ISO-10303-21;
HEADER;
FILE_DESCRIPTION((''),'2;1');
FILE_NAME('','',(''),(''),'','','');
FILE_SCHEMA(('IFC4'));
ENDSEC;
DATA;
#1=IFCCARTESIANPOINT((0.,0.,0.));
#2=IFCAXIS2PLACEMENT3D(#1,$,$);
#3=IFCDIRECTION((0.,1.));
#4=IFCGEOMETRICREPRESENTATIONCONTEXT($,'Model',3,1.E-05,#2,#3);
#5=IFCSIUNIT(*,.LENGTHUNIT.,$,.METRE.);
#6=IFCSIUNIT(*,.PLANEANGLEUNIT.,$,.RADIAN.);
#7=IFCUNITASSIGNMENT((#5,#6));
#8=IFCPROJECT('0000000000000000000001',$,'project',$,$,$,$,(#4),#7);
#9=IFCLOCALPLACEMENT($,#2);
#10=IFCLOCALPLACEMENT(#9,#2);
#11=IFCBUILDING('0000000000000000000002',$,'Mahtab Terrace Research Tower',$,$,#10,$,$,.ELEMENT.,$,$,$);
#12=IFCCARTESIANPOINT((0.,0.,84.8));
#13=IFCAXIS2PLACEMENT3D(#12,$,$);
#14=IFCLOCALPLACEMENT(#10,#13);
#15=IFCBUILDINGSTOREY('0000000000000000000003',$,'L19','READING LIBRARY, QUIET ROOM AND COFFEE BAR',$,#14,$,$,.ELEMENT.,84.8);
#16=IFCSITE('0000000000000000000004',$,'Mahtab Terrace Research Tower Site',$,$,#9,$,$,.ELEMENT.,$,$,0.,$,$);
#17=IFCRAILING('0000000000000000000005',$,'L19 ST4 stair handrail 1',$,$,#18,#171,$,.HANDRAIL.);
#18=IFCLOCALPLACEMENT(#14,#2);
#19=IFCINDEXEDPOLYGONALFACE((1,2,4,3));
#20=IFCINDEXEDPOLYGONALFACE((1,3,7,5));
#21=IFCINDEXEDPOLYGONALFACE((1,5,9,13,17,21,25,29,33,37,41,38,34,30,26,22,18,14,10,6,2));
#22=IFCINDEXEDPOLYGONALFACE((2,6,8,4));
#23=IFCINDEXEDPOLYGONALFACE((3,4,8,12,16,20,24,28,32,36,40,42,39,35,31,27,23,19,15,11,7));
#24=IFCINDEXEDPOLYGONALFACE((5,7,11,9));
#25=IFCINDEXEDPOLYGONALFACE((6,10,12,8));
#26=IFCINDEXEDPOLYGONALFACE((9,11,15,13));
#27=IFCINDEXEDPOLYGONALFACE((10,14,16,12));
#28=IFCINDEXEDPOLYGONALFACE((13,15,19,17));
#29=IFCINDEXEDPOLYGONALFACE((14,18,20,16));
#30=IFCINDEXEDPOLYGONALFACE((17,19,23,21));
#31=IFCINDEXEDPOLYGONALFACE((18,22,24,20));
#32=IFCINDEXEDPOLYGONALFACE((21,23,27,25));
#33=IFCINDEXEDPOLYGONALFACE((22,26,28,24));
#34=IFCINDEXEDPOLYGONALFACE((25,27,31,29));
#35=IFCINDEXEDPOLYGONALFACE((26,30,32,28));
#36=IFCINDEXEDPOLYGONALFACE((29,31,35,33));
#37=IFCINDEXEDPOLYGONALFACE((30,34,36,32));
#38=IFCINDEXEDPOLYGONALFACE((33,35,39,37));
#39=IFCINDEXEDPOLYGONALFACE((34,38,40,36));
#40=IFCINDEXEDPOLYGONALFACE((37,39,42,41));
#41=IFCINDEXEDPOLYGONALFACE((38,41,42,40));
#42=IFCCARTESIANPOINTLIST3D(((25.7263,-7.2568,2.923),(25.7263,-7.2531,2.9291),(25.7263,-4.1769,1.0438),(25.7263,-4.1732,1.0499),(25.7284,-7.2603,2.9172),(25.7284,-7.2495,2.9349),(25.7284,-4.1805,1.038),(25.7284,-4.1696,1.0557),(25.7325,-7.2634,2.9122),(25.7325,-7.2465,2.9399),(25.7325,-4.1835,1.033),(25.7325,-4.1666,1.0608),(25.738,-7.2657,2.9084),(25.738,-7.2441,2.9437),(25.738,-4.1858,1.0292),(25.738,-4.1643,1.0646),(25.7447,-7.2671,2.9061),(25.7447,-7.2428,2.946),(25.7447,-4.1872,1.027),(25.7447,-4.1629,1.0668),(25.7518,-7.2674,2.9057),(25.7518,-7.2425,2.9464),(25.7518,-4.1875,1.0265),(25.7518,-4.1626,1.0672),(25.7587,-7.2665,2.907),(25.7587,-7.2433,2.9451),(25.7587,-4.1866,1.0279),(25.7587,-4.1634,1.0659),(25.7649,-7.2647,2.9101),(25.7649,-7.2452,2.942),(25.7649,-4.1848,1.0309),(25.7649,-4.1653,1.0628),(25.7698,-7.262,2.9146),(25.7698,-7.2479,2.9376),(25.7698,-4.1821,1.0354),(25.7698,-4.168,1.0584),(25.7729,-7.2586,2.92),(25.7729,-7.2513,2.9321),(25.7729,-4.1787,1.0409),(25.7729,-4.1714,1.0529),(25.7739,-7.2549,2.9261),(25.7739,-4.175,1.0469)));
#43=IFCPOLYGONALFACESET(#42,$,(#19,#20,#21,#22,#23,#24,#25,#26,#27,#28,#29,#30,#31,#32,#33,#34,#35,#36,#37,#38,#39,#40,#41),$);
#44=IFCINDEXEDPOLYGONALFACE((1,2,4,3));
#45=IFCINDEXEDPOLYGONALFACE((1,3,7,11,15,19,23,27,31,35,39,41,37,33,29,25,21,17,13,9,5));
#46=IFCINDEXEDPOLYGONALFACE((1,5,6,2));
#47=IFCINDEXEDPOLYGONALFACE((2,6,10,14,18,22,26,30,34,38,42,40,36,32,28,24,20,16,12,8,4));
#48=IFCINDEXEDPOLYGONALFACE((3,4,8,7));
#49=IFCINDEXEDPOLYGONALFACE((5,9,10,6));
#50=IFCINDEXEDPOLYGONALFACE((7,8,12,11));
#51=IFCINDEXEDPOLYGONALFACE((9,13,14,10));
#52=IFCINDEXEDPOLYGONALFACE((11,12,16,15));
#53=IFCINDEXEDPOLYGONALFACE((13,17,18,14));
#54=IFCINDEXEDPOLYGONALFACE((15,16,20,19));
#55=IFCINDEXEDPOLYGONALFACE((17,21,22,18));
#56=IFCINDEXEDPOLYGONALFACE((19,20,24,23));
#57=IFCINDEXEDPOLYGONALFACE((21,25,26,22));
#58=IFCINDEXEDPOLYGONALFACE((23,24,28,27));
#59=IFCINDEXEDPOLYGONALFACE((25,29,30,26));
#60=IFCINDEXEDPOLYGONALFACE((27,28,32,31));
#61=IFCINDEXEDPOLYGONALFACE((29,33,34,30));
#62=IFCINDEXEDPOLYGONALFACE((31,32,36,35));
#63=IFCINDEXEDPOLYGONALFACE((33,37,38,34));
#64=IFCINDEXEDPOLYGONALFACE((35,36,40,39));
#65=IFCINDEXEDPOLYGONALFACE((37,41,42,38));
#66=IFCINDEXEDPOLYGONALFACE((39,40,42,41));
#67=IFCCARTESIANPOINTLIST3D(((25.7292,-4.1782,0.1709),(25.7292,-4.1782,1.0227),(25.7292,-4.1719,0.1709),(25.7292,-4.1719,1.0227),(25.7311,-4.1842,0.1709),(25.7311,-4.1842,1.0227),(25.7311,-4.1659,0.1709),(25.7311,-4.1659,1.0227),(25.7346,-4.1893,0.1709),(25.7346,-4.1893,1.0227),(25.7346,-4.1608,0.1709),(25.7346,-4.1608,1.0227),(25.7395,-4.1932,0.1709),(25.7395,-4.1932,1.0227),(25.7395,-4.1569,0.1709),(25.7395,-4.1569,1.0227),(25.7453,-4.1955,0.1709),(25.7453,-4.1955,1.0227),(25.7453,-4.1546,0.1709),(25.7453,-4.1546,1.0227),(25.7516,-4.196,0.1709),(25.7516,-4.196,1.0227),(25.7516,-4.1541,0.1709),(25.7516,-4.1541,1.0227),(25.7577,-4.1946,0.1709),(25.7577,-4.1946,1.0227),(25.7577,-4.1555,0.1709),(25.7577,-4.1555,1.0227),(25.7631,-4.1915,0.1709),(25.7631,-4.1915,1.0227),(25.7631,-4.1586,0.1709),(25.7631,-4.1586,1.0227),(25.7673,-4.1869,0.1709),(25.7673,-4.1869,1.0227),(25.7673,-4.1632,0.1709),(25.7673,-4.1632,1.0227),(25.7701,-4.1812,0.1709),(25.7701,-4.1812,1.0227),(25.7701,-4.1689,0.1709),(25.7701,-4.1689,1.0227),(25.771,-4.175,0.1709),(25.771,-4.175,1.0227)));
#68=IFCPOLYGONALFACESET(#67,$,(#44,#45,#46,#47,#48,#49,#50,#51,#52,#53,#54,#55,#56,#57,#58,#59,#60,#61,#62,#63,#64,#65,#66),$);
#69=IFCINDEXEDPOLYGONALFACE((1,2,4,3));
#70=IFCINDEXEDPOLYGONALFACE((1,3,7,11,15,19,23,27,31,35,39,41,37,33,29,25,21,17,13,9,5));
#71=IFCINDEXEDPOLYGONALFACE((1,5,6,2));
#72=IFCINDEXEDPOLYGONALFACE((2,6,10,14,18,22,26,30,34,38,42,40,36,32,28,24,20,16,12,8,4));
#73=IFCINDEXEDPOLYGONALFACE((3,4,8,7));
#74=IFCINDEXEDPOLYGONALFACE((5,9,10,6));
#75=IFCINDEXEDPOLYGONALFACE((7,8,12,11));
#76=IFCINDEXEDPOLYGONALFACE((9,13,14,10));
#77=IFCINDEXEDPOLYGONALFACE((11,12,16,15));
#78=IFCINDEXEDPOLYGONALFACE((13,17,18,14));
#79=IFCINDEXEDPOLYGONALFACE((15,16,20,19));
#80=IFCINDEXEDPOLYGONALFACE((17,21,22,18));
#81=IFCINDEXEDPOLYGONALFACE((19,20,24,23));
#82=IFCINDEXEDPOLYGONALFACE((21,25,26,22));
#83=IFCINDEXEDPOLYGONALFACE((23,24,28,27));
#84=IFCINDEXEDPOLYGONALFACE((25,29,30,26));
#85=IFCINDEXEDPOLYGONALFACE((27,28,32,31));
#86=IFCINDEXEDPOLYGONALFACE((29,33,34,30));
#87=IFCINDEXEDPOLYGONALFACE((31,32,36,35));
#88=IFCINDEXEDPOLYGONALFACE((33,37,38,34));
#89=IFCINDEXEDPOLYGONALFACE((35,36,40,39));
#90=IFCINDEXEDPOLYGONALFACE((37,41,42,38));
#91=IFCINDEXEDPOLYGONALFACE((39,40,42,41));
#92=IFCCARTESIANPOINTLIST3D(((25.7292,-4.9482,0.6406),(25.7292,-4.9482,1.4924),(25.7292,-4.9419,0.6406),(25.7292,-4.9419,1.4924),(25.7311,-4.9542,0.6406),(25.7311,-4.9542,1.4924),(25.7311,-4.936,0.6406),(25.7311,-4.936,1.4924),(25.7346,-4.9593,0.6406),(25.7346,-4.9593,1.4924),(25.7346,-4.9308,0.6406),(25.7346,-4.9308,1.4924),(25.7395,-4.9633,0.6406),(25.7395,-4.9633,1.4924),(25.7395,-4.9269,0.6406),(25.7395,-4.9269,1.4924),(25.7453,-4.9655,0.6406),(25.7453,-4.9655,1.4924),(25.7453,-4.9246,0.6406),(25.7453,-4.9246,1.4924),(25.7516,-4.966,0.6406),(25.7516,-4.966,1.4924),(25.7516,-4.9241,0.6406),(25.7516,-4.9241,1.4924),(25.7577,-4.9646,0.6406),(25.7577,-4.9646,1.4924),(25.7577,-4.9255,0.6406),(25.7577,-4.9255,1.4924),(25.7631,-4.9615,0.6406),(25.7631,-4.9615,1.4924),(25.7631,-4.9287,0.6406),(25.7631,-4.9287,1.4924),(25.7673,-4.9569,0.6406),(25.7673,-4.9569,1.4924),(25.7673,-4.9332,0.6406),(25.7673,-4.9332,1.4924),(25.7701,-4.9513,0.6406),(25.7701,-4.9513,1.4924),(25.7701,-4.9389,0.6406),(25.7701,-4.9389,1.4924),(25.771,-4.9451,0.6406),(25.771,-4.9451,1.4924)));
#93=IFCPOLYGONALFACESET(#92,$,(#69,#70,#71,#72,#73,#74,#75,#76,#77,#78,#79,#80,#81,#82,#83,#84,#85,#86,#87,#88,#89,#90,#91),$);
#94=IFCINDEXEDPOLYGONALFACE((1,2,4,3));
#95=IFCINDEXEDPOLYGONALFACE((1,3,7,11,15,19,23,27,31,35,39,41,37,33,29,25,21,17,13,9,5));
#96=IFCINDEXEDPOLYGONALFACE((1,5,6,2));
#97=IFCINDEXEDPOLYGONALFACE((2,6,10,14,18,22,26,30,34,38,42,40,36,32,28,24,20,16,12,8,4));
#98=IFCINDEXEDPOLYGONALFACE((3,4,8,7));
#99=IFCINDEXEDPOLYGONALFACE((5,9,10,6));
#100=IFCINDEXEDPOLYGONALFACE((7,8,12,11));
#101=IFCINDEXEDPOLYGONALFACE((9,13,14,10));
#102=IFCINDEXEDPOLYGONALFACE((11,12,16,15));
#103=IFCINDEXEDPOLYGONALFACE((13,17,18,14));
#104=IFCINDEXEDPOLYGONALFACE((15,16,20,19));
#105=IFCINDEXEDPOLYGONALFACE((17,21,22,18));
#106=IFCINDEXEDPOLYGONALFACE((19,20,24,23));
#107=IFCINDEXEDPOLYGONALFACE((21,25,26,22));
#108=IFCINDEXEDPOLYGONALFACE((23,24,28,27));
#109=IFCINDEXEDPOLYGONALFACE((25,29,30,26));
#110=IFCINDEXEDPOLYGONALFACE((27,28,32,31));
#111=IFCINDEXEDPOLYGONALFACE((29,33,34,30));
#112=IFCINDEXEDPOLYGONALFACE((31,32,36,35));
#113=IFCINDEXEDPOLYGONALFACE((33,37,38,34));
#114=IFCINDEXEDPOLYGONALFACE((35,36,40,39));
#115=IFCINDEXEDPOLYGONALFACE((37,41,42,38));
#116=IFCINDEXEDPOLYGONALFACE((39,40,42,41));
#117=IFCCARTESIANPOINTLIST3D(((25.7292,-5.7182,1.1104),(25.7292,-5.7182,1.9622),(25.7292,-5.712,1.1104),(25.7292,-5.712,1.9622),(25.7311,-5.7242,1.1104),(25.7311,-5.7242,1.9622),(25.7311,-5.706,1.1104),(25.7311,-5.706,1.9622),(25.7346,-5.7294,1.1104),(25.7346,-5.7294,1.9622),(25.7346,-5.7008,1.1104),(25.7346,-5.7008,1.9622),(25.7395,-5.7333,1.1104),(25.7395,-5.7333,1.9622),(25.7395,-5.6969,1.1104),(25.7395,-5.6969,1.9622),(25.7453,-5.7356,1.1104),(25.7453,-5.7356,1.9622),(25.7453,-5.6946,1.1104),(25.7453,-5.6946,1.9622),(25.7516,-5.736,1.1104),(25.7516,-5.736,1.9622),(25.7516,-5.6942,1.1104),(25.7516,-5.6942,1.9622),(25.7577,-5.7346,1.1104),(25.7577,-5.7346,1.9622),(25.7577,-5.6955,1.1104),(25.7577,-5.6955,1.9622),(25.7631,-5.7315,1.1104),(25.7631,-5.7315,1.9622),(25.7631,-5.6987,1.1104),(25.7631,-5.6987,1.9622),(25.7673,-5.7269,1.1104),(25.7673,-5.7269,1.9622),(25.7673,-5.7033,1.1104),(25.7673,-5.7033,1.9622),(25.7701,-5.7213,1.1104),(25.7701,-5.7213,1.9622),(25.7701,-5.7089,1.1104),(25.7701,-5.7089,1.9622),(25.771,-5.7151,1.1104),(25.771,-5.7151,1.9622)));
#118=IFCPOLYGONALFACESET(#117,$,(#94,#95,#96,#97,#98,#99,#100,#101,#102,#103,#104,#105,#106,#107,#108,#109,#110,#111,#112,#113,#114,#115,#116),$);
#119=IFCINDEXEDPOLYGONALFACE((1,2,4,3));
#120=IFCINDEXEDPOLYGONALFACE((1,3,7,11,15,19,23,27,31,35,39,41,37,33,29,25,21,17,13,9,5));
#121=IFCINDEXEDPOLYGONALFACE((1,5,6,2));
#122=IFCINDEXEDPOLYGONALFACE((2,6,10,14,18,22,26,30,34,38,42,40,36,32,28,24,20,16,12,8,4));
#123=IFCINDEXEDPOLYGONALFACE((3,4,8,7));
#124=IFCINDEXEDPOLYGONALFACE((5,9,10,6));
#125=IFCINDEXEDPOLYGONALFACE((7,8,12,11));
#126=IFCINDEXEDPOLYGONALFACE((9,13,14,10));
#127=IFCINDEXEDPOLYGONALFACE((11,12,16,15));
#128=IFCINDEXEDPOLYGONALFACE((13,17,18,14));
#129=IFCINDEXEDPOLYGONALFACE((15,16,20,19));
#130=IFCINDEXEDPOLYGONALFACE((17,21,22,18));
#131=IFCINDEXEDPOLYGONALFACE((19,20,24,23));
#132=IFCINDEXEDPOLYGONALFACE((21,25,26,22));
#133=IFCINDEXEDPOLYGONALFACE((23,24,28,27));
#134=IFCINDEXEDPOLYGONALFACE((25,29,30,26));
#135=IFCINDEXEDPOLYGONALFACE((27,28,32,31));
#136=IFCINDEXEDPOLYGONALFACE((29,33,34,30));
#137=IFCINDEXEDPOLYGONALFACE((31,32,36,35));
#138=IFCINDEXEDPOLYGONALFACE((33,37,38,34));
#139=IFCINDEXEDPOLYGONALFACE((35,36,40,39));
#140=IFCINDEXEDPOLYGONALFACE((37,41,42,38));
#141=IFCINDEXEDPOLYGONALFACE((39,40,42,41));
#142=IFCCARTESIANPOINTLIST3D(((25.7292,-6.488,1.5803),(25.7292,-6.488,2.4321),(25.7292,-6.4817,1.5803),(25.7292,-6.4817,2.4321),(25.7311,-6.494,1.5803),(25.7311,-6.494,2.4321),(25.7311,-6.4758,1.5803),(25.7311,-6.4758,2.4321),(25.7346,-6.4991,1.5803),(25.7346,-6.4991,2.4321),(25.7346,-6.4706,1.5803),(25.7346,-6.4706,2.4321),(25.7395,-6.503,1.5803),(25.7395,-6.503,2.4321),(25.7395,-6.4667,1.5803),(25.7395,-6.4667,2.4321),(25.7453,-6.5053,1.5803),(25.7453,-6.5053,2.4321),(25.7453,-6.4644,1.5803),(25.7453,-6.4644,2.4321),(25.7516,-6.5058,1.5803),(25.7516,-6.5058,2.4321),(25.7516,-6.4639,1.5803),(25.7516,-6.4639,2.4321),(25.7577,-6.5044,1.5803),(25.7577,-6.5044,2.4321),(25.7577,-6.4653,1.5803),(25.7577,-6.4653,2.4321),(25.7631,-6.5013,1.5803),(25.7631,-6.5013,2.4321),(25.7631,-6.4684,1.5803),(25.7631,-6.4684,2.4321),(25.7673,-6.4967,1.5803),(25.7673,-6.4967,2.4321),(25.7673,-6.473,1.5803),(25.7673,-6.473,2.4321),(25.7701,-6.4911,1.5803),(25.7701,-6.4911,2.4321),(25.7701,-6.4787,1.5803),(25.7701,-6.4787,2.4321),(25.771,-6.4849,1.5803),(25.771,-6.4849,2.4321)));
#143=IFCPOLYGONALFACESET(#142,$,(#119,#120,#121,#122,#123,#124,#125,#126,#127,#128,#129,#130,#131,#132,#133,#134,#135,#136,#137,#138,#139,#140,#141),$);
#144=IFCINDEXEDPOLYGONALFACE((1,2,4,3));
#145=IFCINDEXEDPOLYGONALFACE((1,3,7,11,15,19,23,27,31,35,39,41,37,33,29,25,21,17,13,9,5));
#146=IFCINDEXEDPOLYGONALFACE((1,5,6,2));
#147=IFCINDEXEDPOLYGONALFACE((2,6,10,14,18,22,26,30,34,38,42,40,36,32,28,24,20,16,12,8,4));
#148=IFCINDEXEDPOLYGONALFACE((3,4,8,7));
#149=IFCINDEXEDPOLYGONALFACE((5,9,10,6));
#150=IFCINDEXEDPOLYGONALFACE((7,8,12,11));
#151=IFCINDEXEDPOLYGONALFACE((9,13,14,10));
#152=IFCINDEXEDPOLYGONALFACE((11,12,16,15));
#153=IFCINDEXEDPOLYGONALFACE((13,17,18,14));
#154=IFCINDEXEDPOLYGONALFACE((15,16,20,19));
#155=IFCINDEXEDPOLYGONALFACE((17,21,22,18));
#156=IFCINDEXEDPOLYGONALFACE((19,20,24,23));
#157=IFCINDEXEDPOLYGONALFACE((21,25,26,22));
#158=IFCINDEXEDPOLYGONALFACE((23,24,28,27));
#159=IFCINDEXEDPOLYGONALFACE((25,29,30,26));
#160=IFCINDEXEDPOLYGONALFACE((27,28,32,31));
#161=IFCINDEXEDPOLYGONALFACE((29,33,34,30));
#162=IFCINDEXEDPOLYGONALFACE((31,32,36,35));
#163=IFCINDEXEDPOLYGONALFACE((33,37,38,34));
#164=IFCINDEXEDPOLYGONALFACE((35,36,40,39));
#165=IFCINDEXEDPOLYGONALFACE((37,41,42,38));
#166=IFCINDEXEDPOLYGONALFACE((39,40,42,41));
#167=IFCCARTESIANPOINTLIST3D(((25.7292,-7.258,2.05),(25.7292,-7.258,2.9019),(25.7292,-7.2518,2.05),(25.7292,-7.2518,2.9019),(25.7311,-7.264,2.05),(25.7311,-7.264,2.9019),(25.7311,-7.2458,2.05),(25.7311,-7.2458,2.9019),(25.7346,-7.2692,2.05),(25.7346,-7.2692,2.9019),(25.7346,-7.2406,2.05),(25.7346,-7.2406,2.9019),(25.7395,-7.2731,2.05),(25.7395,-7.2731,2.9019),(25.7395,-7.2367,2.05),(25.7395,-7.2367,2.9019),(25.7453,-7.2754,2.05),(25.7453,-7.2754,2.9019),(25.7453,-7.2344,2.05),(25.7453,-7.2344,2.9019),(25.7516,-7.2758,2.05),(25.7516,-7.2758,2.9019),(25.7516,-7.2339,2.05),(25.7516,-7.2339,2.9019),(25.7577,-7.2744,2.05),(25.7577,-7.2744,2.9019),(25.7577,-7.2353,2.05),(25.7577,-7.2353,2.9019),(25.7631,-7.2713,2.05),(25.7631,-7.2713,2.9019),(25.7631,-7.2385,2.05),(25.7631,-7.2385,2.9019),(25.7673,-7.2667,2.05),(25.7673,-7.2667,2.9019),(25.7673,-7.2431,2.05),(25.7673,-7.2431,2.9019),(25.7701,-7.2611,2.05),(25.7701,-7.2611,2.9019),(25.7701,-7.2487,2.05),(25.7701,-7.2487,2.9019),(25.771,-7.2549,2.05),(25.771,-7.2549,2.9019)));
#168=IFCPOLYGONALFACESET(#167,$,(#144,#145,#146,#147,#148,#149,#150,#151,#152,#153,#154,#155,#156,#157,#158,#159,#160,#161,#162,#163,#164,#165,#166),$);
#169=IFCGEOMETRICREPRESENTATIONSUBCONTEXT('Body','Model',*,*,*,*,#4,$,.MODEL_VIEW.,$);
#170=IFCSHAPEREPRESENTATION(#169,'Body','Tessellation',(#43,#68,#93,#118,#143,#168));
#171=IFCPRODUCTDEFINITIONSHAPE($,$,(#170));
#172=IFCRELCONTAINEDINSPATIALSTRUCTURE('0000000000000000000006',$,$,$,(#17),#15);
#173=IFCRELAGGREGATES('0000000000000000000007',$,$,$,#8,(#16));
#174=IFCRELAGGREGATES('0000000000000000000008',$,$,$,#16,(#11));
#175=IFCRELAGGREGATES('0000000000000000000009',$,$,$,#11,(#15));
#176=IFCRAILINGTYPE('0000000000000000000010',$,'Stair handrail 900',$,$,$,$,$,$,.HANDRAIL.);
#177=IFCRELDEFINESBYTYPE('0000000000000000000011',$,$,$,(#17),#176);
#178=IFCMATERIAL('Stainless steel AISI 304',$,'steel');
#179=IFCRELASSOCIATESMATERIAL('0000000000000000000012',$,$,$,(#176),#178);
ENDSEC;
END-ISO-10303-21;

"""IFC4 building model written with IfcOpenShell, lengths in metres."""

from ifc_helpers import new_model, si_unit, direction, frame, origin, origin_2d, place, context, subcontext, project, spatial, circle, extrude, material, type_object, element, save


model = new_model("IFC4")

# Units and contexts
model_context = context("Model", 3, precision=1e-05, world=origin(), true_north=direction((0.0, 1.0)))
body_context = subcontext(model_context, "Body", "Model", "MODEL_VIEW")
ifc_project = project(units=[si_unit("LENGTHUNIT", "METRE"), si_unit("PLANEANGLEUNIT", "RADIAN")], contexts=[model_context])

# Site, building, storey
site_placement = place(None, origin())
site = spatial("IfcSite", under=ifc_project, at=site_placement, Name="Mahtab Terrace Research Tower Site", CompositionType="ELEMENT", RefElevation=0.0)
building_placement = place(site_placement, origin())
building = spatial("IfcBuilding", under=site, at=building_placement, Name="Mahtab Terrace Research Tower", CompositionType="ELEMENT")
storey_placement = place(building_placement, frame((0.0, 0.0, 84.8)))
storey = spatial("IfcBuildingStorey", under=building, at=storey_placement, Name="L19", Description="READING LIBRARY, QUIET ROOM AND COFFEE BAR", CompositionType="ELEMENT", Elevation=84.8)

# Railing
ifc_material_1 = material(Name="Stainless steel AISI 304", Category="steel")
railing_type_1 = type_object("IfcRailingType", Name="Stair handrail 900", PredefinedType="HANDRAIL", material=ifc_material_1)
railing_1_placement = place(storey_placement, frame((25.75, -4.175, 0.1709)))
element("IfcRailing", 1, at=railing_1_placement, inside=storey, type_object=railing_type_1, Name="L19 ST4 stair handrail 1", PredefinedType="HANDRAIL", context=body_context, shape_type="SweptSolid", body=[
    extrude(circle(Radius=0.0239, at=origin_2d()), frame((0.0, 0.0, 0.876), z_axis=(0.0, -0.853648, 0.52085), x_axis=(1.0, 0.0, 0.0)), (0.0, 0.0, 1.0), 3.6079),
    extrude(circle(Radius=0.021, at=origin_2d()), origin(), (0.0, 0.0, 1.0), 0.8518),
    extrude(circle(Radius=0.021, at=origin_2d()), frame((0.0, -0.77, 0.4697)), (0.0, 0.0, 1.0), 0.8518),
    extrude(circle(Radius=0.021, at=origin_2d()), frame((0.0, -1.54, 0.9395)), (0.0, 0.0, 1.0), 0.8518),
    extrude(circle(Radius=0.021, at=origin_2d()), frame((0.0, -2.3098, 1.4094)), (0.0, 0.0, 1.0), 0.8518),
    extrude(circle(Radius=0.021, at=origin_2d()), frame((0.0, -3.0798, 1.8792)), (0.0, 0.0, 1.0), 0.8518),
])

save(model, "model.ifc")
